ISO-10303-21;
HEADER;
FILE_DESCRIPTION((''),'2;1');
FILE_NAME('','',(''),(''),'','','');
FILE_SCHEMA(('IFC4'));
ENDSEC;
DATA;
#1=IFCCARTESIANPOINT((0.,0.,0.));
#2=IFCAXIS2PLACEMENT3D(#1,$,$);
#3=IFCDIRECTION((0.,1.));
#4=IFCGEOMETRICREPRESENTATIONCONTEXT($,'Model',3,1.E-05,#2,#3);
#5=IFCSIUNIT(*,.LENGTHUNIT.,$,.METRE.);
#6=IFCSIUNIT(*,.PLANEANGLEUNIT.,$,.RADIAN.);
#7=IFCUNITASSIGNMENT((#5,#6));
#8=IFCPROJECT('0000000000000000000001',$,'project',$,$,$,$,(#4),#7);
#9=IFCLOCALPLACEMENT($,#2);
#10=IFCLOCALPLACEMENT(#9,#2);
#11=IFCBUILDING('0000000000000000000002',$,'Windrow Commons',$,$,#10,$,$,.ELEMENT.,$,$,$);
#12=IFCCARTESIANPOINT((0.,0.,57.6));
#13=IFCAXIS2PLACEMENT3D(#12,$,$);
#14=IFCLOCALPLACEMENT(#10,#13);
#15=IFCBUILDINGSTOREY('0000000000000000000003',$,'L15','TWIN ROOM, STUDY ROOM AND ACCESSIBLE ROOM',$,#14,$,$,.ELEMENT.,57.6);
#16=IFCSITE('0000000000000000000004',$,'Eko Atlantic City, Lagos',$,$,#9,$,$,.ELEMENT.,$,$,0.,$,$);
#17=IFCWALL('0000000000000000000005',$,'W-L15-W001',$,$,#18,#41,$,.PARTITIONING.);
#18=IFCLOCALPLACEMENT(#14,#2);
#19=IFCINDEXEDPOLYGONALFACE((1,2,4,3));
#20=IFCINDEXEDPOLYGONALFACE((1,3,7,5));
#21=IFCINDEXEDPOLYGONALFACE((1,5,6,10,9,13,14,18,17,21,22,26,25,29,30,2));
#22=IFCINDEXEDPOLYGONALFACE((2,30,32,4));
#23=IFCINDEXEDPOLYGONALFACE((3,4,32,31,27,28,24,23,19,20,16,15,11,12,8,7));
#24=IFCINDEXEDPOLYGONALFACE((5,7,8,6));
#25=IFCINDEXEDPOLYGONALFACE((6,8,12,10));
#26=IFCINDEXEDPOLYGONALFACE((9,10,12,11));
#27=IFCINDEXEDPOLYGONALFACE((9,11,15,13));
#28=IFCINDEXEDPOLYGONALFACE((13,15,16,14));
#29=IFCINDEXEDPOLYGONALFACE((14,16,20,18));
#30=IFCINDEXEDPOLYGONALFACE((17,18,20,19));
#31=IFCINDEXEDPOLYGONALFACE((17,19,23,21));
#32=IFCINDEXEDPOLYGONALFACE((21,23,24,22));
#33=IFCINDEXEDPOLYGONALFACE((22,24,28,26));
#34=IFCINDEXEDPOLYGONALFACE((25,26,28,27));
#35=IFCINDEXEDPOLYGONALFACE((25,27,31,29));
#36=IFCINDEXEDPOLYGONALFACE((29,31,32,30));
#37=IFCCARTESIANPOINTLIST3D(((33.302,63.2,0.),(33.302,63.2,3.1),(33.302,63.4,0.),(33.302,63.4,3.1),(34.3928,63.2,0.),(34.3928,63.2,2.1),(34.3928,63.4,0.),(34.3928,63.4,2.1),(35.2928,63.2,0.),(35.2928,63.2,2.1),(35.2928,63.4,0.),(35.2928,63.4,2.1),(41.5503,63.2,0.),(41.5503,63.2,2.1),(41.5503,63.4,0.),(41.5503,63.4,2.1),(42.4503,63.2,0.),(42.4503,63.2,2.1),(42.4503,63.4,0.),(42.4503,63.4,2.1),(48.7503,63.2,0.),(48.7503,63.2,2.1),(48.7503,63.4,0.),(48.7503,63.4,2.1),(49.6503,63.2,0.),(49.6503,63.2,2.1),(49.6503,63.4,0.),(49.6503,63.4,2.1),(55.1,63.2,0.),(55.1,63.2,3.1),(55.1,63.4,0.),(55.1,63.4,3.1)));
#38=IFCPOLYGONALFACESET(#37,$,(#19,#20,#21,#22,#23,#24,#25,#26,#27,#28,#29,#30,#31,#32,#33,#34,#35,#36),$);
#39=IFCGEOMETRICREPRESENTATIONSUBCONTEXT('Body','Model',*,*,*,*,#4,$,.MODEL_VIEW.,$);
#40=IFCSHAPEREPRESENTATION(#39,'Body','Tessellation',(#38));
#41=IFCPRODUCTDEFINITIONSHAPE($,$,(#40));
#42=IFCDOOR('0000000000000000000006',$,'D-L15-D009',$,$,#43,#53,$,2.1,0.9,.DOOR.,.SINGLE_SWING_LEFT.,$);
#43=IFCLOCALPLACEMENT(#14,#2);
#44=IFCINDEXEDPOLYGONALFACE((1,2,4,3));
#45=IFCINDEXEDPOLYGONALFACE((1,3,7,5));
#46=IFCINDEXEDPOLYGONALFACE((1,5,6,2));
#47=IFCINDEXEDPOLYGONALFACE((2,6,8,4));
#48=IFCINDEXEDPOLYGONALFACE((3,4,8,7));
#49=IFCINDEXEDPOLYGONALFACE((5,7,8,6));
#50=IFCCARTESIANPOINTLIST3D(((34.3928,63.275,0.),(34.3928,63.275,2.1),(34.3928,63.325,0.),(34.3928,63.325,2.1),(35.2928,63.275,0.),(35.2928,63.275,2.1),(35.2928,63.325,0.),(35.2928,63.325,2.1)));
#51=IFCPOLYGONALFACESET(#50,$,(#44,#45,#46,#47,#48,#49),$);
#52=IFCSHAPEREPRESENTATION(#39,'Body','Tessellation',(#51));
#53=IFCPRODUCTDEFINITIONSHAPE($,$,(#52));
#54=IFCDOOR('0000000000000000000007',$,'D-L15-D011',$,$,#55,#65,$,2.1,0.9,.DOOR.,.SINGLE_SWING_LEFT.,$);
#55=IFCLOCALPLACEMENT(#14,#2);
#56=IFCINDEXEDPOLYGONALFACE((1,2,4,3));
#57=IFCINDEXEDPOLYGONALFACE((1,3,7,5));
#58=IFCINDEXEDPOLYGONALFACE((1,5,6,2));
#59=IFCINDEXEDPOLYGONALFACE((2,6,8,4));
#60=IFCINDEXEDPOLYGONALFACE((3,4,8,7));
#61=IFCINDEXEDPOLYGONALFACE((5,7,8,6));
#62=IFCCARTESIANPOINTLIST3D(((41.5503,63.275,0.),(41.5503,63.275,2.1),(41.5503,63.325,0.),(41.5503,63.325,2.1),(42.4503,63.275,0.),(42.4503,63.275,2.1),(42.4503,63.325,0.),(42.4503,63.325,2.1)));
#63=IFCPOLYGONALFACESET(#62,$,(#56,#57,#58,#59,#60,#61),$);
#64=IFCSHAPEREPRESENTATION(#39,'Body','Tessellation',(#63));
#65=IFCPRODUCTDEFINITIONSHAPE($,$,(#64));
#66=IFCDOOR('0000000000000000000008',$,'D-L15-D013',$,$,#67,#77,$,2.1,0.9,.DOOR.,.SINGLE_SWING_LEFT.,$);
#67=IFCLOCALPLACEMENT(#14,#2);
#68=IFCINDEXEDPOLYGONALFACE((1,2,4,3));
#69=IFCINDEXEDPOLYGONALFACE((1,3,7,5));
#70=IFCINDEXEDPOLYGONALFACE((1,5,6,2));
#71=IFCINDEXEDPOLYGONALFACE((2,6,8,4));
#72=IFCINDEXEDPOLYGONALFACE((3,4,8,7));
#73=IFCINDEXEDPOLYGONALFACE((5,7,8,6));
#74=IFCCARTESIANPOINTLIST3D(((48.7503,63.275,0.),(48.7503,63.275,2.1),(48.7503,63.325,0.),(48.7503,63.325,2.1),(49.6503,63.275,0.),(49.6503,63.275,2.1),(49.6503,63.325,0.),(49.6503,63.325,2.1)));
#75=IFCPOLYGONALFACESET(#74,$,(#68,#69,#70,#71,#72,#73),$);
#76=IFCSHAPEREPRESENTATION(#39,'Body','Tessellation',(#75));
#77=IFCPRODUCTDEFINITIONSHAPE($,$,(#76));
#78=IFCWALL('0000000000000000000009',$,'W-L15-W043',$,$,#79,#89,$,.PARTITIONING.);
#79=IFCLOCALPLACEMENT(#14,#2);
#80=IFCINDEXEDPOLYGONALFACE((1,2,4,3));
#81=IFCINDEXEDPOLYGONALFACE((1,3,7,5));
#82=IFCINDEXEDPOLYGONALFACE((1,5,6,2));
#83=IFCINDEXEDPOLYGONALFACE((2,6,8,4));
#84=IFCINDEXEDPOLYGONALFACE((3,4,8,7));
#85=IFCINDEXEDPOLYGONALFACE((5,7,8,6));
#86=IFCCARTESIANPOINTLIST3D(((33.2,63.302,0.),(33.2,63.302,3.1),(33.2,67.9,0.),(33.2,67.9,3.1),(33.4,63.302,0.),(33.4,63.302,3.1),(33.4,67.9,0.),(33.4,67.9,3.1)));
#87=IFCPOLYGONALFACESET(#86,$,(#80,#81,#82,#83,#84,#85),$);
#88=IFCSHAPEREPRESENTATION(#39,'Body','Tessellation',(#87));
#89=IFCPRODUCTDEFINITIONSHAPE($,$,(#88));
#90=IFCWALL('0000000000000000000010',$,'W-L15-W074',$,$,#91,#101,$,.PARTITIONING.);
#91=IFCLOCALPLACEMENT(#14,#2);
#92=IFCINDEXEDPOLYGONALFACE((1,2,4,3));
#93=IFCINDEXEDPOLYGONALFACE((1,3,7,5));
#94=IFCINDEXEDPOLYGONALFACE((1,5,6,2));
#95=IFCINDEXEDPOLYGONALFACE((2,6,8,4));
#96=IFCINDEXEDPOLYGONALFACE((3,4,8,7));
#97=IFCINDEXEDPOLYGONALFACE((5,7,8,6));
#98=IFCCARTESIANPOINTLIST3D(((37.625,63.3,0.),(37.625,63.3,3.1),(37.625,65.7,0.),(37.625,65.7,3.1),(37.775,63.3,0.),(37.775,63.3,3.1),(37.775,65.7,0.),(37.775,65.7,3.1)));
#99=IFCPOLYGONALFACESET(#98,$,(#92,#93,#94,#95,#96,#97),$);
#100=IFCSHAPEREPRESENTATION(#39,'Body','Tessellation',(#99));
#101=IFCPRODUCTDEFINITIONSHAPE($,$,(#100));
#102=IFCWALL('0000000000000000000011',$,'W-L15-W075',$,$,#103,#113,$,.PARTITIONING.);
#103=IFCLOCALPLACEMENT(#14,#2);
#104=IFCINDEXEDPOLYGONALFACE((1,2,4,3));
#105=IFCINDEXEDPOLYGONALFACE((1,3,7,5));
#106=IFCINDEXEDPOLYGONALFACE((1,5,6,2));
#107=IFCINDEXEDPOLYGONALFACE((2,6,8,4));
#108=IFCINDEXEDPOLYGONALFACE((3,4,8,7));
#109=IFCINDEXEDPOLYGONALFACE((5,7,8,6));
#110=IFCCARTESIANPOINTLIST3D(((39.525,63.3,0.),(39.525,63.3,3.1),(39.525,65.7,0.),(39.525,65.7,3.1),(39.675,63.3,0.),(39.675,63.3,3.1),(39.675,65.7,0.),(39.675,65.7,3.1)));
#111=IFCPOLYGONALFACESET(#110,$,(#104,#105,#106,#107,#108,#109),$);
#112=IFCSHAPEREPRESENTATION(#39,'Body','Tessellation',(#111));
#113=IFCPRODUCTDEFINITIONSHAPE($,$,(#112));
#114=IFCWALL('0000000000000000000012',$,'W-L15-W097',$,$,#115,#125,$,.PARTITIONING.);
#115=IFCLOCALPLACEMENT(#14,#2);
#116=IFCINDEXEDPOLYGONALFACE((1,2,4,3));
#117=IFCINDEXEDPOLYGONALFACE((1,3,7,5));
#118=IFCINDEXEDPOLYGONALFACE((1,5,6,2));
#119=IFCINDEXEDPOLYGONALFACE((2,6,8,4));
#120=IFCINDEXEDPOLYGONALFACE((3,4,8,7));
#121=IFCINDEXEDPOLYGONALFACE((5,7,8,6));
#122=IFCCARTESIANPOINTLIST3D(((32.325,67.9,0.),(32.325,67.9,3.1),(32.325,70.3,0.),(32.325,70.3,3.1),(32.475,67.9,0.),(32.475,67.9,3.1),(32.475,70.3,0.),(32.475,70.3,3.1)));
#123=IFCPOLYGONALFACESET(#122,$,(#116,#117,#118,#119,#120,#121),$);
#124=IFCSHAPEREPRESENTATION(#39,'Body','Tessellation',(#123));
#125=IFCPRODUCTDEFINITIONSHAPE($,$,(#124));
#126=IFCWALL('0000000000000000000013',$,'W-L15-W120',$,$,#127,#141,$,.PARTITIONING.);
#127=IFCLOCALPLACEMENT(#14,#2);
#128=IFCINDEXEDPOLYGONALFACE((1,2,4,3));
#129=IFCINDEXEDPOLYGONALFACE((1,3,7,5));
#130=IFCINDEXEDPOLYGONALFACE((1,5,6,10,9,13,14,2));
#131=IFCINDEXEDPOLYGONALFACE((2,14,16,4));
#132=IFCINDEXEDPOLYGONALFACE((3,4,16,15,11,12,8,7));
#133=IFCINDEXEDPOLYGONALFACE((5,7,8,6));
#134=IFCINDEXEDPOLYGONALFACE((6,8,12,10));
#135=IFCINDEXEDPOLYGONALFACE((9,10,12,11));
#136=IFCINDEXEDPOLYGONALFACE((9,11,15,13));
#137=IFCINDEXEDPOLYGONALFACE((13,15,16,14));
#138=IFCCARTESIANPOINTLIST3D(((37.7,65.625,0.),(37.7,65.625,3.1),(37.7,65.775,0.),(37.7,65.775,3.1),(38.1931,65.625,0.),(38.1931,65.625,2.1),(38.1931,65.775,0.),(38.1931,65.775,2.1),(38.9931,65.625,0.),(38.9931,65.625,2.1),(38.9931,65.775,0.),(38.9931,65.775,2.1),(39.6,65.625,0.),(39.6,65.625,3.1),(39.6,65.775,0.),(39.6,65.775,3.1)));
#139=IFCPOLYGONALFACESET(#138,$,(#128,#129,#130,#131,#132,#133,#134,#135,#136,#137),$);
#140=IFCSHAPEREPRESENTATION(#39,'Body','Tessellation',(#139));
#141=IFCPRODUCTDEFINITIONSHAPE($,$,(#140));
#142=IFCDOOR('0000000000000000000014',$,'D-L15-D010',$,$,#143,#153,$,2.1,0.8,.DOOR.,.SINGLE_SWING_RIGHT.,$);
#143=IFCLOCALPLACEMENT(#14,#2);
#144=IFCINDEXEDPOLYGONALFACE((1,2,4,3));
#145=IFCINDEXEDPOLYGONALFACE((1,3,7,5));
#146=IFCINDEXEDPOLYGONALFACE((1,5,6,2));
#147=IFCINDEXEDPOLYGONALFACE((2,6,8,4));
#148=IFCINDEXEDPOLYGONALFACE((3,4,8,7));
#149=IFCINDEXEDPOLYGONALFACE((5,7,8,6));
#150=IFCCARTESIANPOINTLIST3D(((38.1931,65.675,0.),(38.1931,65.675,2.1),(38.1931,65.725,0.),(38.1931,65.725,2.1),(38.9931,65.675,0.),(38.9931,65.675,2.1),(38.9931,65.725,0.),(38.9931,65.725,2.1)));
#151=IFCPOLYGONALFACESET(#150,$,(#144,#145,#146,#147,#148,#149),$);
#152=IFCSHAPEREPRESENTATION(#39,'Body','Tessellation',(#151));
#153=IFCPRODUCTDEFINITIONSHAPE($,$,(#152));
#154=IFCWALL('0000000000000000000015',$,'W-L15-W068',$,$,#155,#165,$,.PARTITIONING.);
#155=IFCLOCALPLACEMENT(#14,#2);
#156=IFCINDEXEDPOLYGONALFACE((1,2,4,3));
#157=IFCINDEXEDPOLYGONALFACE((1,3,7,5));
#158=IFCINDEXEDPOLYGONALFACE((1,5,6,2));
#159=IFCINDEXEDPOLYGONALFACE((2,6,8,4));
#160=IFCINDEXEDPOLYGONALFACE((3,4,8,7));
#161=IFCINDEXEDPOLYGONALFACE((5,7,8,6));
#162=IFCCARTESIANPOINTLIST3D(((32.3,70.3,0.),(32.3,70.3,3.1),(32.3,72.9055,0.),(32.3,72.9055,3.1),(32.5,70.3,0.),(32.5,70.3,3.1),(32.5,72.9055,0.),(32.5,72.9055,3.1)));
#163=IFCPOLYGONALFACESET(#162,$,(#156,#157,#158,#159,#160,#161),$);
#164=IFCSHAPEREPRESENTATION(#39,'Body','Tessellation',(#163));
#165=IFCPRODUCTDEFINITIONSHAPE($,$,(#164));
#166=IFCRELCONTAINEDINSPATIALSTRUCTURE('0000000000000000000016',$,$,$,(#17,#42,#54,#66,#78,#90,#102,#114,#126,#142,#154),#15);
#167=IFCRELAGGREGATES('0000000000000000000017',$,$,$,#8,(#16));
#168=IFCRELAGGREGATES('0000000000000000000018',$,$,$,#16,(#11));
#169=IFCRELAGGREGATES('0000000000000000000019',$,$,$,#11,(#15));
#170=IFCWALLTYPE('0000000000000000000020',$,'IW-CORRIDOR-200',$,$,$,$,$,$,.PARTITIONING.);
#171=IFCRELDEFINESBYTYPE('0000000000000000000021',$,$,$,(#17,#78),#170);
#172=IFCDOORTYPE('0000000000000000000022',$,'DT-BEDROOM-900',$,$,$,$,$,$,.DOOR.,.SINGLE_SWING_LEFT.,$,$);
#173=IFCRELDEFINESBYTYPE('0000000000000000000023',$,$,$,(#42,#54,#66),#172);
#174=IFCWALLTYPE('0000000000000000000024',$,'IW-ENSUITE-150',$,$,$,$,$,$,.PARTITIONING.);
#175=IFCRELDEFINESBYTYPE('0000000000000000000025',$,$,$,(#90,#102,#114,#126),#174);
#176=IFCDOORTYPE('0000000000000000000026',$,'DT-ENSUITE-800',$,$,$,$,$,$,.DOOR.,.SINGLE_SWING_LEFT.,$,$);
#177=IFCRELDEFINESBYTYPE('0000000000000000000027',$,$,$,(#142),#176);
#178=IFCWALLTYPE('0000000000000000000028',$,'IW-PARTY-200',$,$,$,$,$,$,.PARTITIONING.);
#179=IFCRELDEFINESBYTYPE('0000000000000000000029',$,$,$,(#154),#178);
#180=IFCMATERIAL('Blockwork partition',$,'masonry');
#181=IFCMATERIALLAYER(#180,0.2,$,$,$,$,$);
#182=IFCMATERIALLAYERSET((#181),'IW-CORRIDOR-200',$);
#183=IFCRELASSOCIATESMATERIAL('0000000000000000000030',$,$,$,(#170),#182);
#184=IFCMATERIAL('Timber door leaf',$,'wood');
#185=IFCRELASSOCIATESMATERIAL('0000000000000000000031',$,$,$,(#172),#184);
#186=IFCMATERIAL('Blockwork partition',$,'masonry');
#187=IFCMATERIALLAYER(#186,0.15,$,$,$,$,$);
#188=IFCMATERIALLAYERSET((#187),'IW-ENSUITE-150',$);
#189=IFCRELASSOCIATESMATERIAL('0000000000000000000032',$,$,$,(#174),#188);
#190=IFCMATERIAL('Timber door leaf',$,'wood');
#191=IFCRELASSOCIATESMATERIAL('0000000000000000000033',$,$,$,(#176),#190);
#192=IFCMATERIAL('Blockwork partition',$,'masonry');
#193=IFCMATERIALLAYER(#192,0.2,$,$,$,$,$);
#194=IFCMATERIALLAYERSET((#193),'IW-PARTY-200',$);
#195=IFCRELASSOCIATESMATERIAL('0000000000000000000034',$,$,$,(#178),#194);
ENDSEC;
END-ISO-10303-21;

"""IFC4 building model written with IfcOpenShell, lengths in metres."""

from ifc_helpers import new_model, si_unit, direction, frame, frame_2d, origin, place, context, subcontext, project, spatial, rectangle, extrude, material, layer, layer_set, type_object, element, fill, save


model = new_model("IFC4")

# Units and contexts
model_context = context("Model", 3, precision=1e-05, world=origin(), true_north=direction((0.0, 1.0)))
body_context = subcontext(model_context, "Body", "Model", "MODEL_VIEW")
ifc_project = project(units=[si_unit("LENGTHUNIT", "METRE"), si_unit("PLANEANGLEUNIT", "RADIAN")], contexts=[model_context])

# Site, building, storey
site_placement = place(None, origin())
site = spatial("IfcSite", under=ifc_project, at=site_placement, Name="Eko Atlantic City, Lagos", CompositionType="ELEMENT", RefElevation=0.0)
building_placement = place(site_placement, origin())
building = spatial("IfcBuilding", under=site, at=building_placement, Name="Windrow Commons", CompositionType="ELEMENT")
storey_placement = place(building_placement, frame((0.0, 0.0, 57.6)))
storey = spatial("IfcBuildingStorey", under=building, at=storey_placement, Name="L15", Description="TWIN ROOM, STUDY ROOM AND ACCESSIBLE ROOM", CompositionType="ELEMENT", Elevation=57.6)

# Wall, openings, doors
ifc_material_1 = material(Name="Blockwork partition", Category="masonry")
ifc_layer_1 = layer(ifc_material_1, 0.2)
ifc_layer_set_1 = layer_set([ifc_layer_1], Name="IW-CORRIDOR-200")
wall_type_1 = type_object("IfcWallType", Name="IW-CORRIDOR-200", PredefinedType="PARTITIONING", material=ifc_layer_set_1)
wall_1_placement = place(storey_placement, frame((33.302, 63.3, 0.0), z_axis=(0.0, 0.0, 1.0), x_axis=(1.0, 0.0, 0.0)))
wall_1 = element("IfcWall", 1, at=wall_1_placement, inside=storey, type_object=wall_type_1, Name="W-L15-W001", PredefinedType="PARTITIONING", context=body_context, shape_type="SweptSolid", body=[
    extrude(rectangle(XDim=21.798, YDim=0.2, at=frame_2d((10.899, 0.0))), origin(), (0.0, 0.0, 1.0), 3.1),
])
opening_1_placement = place(wall_1_placement, frame((1.0908, 0.0, 0.0)))
opening_1 = element("IfcOpeningElement", 2, at=opening_1_placement, cuts=wall_1, PredefinedType="OPENING", context=body_context, shape_type="SweptSolid", body=[
    extrude(rectangle(XDim=0.9, YDim=2.1, at=frame_2d((0.45, 1.05))), frame((0.0, 0.11, 0.0), z_axis=(0.0, -1.0, 0.0), x_axis=(1.0, 0.0, 0.0)), (0.0, 0.0, 1.0), 0.22),
])
opening_2_placement = place(wall_1_placement, frame((8.2483, 0.0, 0.0)))
opening_2 = element("IfcOpeningElement", 3, at=opening_2_placement, cuts=wall_1, PredefinedType="OPENING", context=body_context, shape_type="SweptSolid", body=[
    extrude(rectangle(XDim=0.9, YDim=2.1, at=frame_2d((0.45, 1.05))), frame((0.0, 0.11, 0.0), z_axis=(0.0, -1.0, 0.0), x_axis=(1.0, 0.0, 0.0)), (0.0, 0.0, 1.0), 0.22),
])
opening_3_placement = place(wall_1_placement, frame((15.4483, 0.0, 0.0)))
opening_3 = element("IfcOpeningElement", 4, at=opening_3_placement, cuts=wall_1, PredefinedType="OPENING", context=body_context, shape_type="SweptSolid", body=[
    extrude(rectangle(XDim=0.9, YDim=2.1, at=frame_2d((0.45, 1.05))), frame((0.0, 0.11, 0.0), z_axis=(0.0, -1.0, 0.0), x_axis=(1.0, 0.0, 0.0)), (0.0, 0.0, 1.0), 0.22),
])
ifc_material_2 = material(Name="Timber door leaf", Category="wood")
door_type_1 = type_object("IfcDoorType", Name="DT-BEDROOM-900", OperationType="SINGLE_SWING_LEFT", PredefinedType="DOOR", material=ifc_material_2)
door_1_placement = place(opening_1_placement, origin())
door_1 = element("IfcDoor", 5, at=door_1_placement, inside=storey, type_object=door_type_1, Name="D-L15-D009", OperationType="SINGLE_SWING_LEFT", OverallHeight=2.1, OverallWidth=0.9, PredefinedType="DOOR", context=body_context, shape_type="SweptSolid", body=[
    extrude(rectangle(XDim=0.9, YDim=2.1, at=frame_2d((0.45, 1.05))), frame((0.0, 0.025, 0.0), z_axis=(0.0, -1.0, 0.0), x_axis=(1.0, 0.0, 0.0)), (0.0, 0.0, 1.0), 0.05),
])
fill(opening_1, door_1)
door_2_placement = place(opening_2_placement, origin())
door_2 = element("IfcDoor", 6, at=door_2_placement, inside=storey, type_object=door_type_1, Name="D-L15-D011", OperationType="SINGLE_SWING_LEFT", OverallHeight=2.1, OverallWidth=0.9, PredefinedType="DOOR", context=body_context, shape_type="SweptSolid", body=[
    extrude(rectangle(XDim=0.9, YDim=2.1, at=frame_2d((0.45, 1.05))), frame((0.0, 0.025, 0.0), z_axis=(0.0, -1.0, 0.0), x_axis=(1.0, 0.0, 0.0)), (0.0, 0.0, 1.0), 0.05),
])
fill(opening_2, door_2)
door_3_placement = place(opening_3_placement, origin())
door_3 = element("IfcDoor", 7, at=door_3_placement, inside=storey, type_object=door_type_1, Name="D-L15-D013", OperationType="SINGLE_SWING_LEFT", OverallHeight=2.1, OverallWidth=0.9, PredefinedType="DOOR", context=body_context, shape_type="SweptSolid", body=[
    extrude(rectangle(XDim=0.9, YDim=2.1, at=frame_2d((0.45, 1.05))), frame((0.0, 0.025, 0.0), z_axis=(0.0, -1.0, 0.0), x_axis=(1.0, 0.0, 0.0)), (0.0, 0.0, 1.0), 0.05),
])
fill(opening_3, door_3)

# Walls
wall_2_placement = place(storey_placement, frame((33.3, 63.302, 0.0), z_axis=(0.0, 0.0, 1.0), x_axis=(0.0, 1.0, 0.0)))
element("IfcWall", 8, at=wall_2_placement, inside=storey, type_object=wall_type_1, Name="W-L15-W043", PredefinedType="PARTITIONING", context=body_context, shape_type="SweptSolid", body=[
    extrude(rectangle(XDim=4.598, YDim=0.2, at=frame_2d((2.299, 0.0))), origin(), (0.0, 0.0, 1.0), 3.1),
])
ifc_material_3 = material(Name="Blockwork partition", Category="masonry")
ifc_layer_2 = layer(ifc_material_3, 0.15)
ifc_layer_set_2 = layer_set([ifc_layer_2], Name="IW-ENSUITE-150")
wall_type_2 = type_object("IfcWallType", Name="IW-ENSUITE-150", PredefinedType="PARTITIONING", material=ifc_layer_set_2)
for number, where, z_axis, x_axis, name in (
    (9, (37.7, 63.3, 0.0), (0.0, 0.0, 1.0), (0.0, 1.0, 0.0), "W-L15-W074"),
    (10, (39.6, 63.3, 0.0), (0.0, 0.0, 1.0), (0.0, 1.0, 0.0), "W-L15-W075"),
    (11, (32.4, 67.9, 0.0), (0.0, 0.0, 1.0), (0.0, 1.0, 0.0), "W-L15-W097"),
):
    element("IfcWall", number, at=place(storey_placement, frame(where, z_axis=z_axis, x_axis=x_axis)), inside=storey, type_object=wall_type_2, Name=name, PredefinedType="PARTITIONING", context=body_context, shape_type="SweptSolid", body=[
        extrude(rectangle(XDim=2.4, YDim=0.15, at=frame_2d((1.2, 0.0))), origin(), (0.0, 0.0, 1.0), 3.1),
    ])

# Wall, opening, door
wall_3_placement = place(storey_placement, frame((37.7, 65.7, 0.0), z_axis=(0.0, 0.0, 1.0), x_axis=(1.0, 0.0, 0.0)))
wall_3 = element("IfcWall", 12, at=wall_3_placement, inside=storey, type_object=wall_type_2, Name="W-L15-W120", PredefinedType="PARTITIONING", context=body_context, shape_type="SweptSolid", body=[
    extrude(rectangle(XDim=1.9, YDim=0.15, at=frame_2d((0.95, 0.0))), origin(), (0.0, 0.0, 1.0), 3.1),
])
opening_4_placement = place(wall_3_placement, frame((0.4931, 0.0, 0.0)))
opening_4 = element("IfcOpeningElement", 13, at=opening_4_placement, cuts=wall_3, PredefinedType="OPENING", context=body_context, shape_type="SweptSolid", body=[
    extrude(rectangle(XDim=0.8, YDim=2.1, at=frame_2d((0.4, 1.05))), frame((0.0, 0.085, 0.0), z_axis=(0.0, -1.0, 0.0), x_axis=(1.0, 0.0, 0.0)), (0.0, 0.0, 1.0), 0.17),
])
ifc_material_4 = material(Name="Timber door leaf", Category="wood")
door_type_2 = type_object("IfcDoorType", Name="DT-ENSUITE-800", OperationType="SINGLE_SWING_LEFT", PredefinedType="DOOR", material=ifc_material_4)
door_4_placement = place(opening_4_placement, origin())
door_4 = element("IfcDoor", 14, at=door_4_placement, inside=storey, type_object=door_type_2, Name="D-L15-D010", OperationType="SINGLE_SWING_RIGHT", OverallHeight=2.1, OverallWidth=0.8, PredefinedType="DOOR", context=body_context, shape_type="SweptSolid", body=[
    extrude(rectangle(XDim=0.8, YDim=2.1, at=frame_2d((0.4, 1.05))), frame((0.0, 0.025, 0.0), z_axis=(0.0, -1.0, 0.0), x_axis=(1.0, 0.0, 0.0)), (0.0, 0.0, 1.0), 0.05),
])
fill(opening_4, door_4)

# Wall
ifc_material_5 = material(Name="Blockwork partition", Category="masonry")
ifc_layer_3 = layer(ifc_material_5, 0.2)
ifc_layer_set_3 = layer_set([ifc_layer_3], Name="IW-PARTY-200")
wall_type_3 = type_object("IfcWallType", Name="IW-PARTY-200", PredefinedType="PARTITIONING", material=ifc_layer_set_3)
wall_4_placement = place(storey_placement, frame((32.4, 70.3, 0.0), z_axis=(0.0, 0.0, 1.0), x_axis=(0.0, 1.0, 0.0)))
element("IfcWall", 15, at=wall_4_placement, inside=storey, type_object=wall_type_3, Name="W-L15-W068", PredefinedType="PARTITIONING", context=body_context, shape_type="SweptSolid", body=[
    extrude(rectangle(XDim=2.6055, YDim=0.2, at=frame_2d((1.3028, 0.0))), origin(), (0.0, 0.0, 1.0), 3.1),
])

save(model, "model.ifc")
